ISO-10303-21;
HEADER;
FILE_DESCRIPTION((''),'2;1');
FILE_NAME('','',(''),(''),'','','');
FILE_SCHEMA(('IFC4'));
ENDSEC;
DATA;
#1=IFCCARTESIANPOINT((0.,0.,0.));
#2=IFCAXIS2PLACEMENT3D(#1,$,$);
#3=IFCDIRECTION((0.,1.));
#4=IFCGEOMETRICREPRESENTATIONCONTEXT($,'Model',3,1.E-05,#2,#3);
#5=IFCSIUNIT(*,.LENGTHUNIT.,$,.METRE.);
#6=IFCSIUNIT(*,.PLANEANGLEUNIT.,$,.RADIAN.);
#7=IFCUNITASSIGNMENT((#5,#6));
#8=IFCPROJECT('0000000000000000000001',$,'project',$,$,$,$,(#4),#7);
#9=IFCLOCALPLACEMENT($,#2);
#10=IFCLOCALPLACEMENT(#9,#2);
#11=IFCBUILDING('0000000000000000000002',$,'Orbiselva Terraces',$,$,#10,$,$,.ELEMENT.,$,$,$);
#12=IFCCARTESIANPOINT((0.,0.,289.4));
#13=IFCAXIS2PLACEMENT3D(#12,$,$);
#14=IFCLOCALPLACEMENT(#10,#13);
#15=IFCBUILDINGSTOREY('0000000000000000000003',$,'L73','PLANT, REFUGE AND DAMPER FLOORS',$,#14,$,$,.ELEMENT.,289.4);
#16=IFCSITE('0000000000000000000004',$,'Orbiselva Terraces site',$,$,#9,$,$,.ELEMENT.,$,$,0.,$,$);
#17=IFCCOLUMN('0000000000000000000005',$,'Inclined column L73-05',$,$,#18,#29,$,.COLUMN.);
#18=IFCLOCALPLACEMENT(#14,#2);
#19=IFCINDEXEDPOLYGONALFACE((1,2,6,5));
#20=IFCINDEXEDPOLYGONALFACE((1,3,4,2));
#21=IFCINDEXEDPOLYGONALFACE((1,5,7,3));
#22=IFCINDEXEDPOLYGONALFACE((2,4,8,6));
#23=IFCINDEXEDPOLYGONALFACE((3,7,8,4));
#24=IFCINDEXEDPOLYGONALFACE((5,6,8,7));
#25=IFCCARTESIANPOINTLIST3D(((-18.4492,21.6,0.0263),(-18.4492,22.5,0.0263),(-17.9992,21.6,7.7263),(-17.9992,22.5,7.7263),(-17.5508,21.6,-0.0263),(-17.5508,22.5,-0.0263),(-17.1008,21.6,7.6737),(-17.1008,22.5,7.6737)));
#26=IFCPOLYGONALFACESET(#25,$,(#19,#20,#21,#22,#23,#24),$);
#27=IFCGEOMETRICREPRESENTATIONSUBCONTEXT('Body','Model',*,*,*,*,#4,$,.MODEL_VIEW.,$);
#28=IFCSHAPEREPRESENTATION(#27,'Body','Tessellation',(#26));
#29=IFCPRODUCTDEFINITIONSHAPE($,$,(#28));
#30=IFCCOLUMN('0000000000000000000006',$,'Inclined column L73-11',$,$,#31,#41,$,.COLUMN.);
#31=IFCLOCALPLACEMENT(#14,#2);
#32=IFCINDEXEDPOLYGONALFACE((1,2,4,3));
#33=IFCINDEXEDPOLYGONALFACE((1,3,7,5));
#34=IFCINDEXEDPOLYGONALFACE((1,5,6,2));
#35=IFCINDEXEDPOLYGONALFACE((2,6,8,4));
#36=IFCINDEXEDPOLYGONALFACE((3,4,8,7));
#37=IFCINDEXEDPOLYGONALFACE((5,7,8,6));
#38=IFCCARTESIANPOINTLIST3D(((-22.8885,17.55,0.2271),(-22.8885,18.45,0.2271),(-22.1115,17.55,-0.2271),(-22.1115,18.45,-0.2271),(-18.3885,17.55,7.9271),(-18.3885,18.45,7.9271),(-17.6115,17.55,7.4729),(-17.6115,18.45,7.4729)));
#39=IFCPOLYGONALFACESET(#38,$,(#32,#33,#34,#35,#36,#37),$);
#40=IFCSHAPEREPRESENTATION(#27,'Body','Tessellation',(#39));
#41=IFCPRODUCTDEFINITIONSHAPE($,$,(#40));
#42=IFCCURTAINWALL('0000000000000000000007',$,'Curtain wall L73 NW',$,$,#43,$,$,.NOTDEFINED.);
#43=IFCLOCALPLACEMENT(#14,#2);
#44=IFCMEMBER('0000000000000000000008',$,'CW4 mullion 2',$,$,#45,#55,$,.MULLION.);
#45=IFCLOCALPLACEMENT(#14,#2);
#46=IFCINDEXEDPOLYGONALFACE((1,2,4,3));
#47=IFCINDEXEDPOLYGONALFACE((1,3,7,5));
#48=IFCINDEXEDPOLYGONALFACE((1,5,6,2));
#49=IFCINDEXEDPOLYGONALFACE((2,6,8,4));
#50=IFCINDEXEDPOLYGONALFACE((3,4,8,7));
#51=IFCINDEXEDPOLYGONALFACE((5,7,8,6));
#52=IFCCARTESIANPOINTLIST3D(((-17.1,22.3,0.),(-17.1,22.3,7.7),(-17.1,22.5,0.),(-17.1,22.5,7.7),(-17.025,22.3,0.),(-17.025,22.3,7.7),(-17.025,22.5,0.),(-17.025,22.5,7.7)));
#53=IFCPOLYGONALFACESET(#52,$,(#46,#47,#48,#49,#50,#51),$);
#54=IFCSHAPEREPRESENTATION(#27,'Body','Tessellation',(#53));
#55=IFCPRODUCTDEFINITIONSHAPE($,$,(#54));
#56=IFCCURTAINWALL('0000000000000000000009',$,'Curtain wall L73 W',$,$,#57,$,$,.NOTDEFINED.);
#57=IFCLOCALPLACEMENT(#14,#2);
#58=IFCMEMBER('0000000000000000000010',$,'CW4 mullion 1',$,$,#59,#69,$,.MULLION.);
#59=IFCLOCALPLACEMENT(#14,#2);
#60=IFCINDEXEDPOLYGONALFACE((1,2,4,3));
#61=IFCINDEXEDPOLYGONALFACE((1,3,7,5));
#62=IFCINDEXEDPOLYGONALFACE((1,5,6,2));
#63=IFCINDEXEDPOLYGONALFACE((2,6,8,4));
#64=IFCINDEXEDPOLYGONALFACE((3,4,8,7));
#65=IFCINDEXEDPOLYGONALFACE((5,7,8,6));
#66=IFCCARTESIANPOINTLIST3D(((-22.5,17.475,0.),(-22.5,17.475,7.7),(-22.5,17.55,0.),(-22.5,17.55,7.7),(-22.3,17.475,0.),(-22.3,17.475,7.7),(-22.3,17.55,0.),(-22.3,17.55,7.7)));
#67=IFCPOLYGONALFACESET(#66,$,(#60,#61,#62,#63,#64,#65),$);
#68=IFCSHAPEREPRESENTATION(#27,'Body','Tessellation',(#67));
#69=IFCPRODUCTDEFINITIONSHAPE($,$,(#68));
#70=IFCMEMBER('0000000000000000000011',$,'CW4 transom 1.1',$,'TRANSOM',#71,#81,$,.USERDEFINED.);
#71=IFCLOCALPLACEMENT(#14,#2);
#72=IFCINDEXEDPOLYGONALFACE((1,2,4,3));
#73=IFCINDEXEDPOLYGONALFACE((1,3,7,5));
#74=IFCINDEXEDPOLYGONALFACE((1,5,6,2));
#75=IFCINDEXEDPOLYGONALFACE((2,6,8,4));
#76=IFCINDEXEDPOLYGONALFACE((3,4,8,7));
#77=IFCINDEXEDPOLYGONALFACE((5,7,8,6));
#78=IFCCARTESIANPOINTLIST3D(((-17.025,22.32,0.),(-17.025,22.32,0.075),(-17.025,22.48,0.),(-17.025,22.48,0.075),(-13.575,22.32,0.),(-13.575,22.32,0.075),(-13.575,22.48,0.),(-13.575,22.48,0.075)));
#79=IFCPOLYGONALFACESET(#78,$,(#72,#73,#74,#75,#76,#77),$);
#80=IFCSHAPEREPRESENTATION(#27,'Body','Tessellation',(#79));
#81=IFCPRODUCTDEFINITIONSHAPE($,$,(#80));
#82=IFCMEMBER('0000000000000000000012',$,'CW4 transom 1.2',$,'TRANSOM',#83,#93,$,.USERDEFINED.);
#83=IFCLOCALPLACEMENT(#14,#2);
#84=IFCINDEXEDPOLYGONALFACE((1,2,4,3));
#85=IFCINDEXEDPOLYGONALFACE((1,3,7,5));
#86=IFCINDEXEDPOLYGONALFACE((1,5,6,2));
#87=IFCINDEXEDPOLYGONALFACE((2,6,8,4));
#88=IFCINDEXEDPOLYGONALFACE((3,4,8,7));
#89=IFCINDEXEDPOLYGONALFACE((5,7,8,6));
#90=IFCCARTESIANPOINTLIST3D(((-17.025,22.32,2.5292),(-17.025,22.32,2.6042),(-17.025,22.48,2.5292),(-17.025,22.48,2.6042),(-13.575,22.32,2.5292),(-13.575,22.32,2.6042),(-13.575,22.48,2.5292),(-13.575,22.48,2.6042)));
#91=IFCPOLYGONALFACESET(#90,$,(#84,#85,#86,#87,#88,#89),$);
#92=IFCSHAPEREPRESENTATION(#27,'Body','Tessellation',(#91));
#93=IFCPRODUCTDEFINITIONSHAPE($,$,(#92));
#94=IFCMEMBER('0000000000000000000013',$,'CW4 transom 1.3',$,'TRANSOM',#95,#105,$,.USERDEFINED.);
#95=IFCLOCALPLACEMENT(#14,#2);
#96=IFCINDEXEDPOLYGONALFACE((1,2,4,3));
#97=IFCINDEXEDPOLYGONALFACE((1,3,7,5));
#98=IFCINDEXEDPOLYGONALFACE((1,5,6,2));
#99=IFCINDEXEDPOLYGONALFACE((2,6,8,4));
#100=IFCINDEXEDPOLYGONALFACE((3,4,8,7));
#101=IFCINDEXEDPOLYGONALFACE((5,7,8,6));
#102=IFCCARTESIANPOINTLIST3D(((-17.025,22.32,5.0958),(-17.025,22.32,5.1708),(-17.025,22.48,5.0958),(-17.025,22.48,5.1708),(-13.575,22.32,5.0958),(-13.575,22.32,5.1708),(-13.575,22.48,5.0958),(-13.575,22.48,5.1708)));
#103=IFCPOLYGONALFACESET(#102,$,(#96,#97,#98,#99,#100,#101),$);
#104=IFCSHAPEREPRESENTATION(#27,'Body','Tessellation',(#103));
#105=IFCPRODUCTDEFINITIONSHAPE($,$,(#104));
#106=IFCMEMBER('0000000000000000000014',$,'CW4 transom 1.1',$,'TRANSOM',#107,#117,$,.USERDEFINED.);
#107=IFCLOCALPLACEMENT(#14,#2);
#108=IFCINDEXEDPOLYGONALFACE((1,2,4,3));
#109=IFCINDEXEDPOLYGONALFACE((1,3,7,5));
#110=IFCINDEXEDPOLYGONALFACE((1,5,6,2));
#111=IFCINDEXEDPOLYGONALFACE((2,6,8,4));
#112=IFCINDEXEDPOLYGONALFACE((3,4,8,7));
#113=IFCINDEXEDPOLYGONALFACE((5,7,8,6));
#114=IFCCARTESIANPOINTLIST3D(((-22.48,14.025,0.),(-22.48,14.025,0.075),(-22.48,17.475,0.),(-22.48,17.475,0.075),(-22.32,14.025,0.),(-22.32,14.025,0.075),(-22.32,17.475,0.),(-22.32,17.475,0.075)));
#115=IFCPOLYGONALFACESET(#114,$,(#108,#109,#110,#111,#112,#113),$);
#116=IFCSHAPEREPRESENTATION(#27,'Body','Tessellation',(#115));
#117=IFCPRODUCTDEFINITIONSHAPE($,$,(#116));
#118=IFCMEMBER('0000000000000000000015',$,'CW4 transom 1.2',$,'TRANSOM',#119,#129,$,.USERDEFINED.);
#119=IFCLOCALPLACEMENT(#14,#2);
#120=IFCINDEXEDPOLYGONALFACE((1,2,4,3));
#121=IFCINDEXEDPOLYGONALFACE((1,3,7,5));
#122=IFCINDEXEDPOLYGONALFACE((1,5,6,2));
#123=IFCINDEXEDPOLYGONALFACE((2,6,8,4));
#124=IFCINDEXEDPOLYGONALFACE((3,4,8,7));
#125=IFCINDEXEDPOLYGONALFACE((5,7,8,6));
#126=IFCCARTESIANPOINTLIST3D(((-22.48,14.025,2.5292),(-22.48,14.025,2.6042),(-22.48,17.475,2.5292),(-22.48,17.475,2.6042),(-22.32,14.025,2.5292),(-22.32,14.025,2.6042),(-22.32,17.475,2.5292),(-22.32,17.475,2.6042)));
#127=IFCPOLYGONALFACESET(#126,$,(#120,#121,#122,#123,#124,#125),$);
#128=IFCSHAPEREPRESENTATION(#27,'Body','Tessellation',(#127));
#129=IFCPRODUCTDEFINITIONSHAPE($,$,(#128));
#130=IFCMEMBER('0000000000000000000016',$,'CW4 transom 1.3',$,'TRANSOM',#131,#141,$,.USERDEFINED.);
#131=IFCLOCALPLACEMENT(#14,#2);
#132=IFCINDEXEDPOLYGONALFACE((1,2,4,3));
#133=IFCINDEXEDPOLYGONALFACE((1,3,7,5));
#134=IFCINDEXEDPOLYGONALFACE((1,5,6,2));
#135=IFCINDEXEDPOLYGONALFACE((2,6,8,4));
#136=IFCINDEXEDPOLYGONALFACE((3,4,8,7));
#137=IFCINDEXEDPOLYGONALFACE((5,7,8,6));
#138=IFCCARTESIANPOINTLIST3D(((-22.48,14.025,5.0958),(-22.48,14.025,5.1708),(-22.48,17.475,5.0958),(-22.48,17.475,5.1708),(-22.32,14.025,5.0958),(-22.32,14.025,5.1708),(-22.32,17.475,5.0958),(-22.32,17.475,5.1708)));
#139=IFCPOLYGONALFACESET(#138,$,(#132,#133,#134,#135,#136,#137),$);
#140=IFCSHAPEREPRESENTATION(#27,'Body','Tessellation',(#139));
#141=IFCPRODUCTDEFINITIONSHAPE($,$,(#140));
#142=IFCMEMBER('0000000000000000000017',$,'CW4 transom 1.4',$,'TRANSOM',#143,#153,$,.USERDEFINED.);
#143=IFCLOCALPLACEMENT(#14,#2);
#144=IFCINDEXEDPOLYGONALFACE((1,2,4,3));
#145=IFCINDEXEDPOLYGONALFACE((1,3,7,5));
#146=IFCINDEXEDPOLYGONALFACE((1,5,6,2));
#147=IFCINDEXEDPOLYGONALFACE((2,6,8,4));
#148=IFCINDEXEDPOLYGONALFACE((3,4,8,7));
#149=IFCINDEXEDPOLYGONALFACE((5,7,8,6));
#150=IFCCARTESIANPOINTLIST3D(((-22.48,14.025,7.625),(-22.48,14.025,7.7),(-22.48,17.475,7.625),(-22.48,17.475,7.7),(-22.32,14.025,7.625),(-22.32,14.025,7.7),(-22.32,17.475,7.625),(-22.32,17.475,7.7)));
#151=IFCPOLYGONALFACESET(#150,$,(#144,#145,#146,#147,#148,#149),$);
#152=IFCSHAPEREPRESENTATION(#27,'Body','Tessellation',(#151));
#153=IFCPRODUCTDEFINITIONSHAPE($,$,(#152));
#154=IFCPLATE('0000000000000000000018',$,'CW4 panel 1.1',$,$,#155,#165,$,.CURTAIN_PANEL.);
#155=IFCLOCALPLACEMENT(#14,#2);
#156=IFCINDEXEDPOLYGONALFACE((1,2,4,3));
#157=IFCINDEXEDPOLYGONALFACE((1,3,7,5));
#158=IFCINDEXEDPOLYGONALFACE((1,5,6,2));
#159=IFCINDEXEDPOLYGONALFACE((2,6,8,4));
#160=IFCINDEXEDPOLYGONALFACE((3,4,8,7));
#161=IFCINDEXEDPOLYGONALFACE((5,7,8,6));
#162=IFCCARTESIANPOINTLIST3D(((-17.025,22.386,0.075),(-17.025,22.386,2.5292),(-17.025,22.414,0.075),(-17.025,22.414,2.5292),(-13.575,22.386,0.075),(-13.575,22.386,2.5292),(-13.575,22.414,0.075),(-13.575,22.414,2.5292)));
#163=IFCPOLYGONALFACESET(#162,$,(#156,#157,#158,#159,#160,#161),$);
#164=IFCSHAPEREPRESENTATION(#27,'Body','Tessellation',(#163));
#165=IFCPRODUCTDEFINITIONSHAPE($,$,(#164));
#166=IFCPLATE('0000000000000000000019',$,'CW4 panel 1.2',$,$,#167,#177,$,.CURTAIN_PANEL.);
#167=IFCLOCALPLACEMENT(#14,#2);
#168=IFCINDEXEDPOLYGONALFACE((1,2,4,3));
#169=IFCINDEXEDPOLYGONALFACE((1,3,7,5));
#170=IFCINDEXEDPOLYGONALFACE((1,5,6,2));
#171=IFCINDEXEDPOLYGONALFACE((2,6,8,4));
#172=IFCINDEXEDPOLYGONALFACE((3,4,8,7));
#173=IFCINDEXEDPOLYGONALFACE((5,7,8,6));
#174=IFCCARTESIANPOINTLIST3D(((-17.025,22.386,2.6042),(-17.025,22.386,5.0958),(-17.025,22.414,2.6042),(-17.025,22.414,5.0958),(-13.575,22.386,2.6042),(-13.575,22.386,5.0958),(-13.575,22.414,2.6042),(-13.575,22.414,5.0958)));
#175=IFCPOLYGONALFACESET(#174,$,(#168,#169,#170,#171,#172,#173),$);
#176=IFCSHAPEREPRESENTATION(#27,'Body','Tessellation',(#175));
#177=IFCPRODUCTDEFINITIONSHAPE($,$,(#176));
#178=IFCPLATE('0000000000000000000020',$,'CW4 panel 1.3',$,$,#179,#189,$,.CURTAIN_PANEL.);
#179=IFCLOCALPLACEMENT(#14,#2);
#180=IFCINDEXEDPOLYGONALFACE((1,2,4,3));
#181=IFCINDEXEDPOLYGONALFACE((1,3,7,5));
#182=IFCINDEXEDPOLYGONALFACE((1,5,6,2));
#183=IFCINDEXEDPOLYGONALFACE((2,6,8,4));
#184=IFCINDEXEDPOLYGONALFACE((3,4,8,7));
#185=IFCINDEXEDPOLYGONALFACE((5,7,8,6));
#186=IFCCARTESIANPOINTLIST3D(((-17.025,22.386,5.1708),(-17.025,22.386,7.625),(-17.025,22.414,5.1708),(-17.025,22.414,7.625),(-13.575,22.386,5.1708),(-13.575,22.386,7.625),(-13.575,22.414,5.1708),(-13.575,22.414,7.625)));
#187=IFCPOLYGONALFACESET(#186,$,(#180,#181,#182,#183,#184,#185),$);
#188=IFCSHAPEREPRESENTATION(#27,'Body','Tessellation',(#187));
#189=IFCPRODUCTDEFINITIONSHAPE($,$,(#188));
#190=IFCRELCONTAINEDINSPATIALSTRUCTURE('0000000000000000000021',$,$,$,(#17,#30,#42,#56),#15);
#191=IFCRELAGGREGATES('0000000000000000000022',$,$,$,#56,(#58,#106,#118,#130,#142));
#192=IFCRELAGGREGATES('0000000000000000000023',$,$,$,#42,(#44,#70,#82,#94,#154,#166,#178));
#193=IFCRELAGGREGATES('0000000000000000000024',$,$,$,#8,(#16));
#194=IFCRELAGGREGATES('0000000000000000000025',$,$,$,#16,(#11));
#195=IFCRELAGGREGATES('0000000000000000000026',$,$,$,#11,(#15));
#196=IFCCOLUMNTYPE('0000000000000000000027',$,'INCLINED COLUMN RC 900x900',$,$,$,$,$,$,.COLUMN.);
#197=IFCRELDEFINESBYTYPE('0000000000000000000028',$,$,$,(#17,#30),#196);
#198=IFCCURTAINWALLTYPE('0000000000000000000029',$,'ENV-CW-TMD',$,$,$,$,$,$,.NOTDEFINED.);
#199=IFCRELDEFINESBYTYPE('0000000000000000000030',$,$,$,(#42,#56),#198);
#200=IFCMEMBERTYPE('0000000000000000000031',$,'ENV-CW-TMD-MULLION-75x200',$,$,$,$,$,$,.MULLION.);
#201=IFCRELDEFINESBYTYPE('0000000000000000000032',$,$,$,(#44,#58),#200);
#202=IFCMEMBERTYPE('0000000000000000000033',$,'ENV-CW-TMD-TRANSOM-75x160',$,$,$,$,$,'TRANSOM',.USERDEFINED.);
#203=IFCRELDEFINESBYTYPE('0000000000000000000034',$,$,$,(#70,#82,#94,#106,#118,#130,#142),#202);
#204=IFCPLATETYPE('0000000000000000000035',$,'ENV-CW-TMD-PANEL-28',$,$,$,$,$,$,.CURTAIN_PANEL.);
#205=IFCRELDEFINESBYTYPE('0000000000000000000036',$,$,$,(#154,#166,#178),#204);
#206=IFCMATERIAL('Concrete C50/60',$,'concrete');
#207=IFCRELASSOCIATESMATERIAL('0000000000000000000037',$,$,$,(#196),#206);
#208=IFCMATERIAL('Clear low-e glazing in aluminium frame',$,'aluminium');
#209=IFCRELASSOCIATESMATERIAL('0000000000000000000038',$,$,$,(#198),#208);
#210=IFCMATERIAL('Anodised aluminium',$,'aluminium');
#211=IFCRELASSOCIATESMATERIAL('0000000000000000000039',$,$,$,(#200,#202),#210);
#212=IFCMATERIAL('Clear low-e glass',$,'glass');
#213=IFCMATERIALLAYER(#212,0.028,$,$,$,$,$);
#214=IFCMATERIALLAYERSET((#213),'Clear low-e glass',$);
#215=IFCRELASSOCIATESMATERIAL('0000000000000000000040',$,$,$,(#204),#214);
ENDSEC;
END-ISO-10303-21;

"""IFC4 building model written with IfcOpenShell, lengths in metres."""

from ifc_helpers import new_model, si_unit, direction, frame, origin, origin_2d, place, context, subcontext, project, spatial, rectangle, extrude, material, layer, layer_set, material_profile, profile_set, type_object, element, aggregate, save


model = new_model("IFC4")

# Units and contexts
model_context = context("Model", 3, precision=1e-05, world=origin(), true_north=direction((0.0, 1.0)))
body_context = subcontext(model_context, "Body", "Model", "MODEL_VIEW")
ifc_project = project(units=[si_unit("LENGTHUNIT", "METRE"), si_unit("PLANEANGLEUNIT", "RADIAN")], contexts=[model_context])

# Site, building, storey
site_placement = place(None, origin())
site = spatial("IfcSite", under=ifc_project, at=site_placement, Name="Orbiselva Terraces site", CompositionType="ELEMENT", RefElevation=0.0)
building_placement = place(site_placement, origin())
building = spatial("IfcBuilding", under=site, at=building_placement, Name="Orbiselva Terraces", CompositionType="ELEMENT")
storey_placement = place(building_placement, frame((0.0, 0.0, 289.4)))
storey = spatial("IfcBuildingStorey", under=building, at=storey_placement, Name="L73", Description="PLANT, REFUGE AND DAMPER FLOORS", CompositionType="ELEMENT", Elevation=289.4)

# Columns
ifc_material_1 = material(Name="Concrete C50/60", Category="concrete")
ifc_material_profile_1 = material_profile(ifc_material_1, rectangle(XDim=0.9, YDim=0.9, at=origin_2d()), Name="RC 900x900")
ifc_profile_set_1 = profile_set([ifc_material_profile_1], Name="Concrete C50/60")
column_type = type_object("IfcColumnType", Name="INCLINED COLUMN RC 900x900", PredefinedType="COLUMN", material=ifc_profile_set_1)
column_1_placement = place(storey_placement, frame((-18.0, 22.05, 0.0), z_axis=(0.058342, 0.0, 0.998297), x_axis=(0.0, 1.0, 0.0)))
element("IfcColumn", 1, at=column_1_placement, inside=storey, type_object=column_type, Name="Inclined column L73-05", PredefinedType="COLUMN", context=body_context, shape_type="SweptSolid", body=[
    extrude(rectangle(XDim=0.9, YDim=0.9, at=origin_2d()), origin(), (0.0, 0.0, 1.0), 7.7131),
])
column_2_placement = place(storey_placement, frame((-22.5, 18.0, 0.0), z_axis=(0.504568, 0.0, 0.863372), x_axis=(0.0, 1.0, 0.0)))
element("IfcColumn", 2, at=column_2_placement, inside=storey, type_object=column_type, Name="Inclined column L73-11", PredefinedType="COLUMN", context=body_context, shape_type="SweptSolid", body=[
    extrude(rectangle(XDim=0.9, YDim=0.9, at=origin_2d()), origin(), (0.0, 0.0, 1.0), 8.9185),
])

# Curtain walls, members
ifc_material_2 = material(Name="Clear low-e glazing in aluminium frame", Category="aluminium")
curtain_wall_type = type_object("IfcCurtainWallType", Name="ENV-CW-TMD", PredefinedType="NOTDEFINED", material=ifc_material_2)
curtain_wall_1_placement = place(storey_placement, origin())
curtain_wall_1 = element("IfcCurtainWall", 3, at=curtain_wall_1_placement, inside=storey, type_object=curtain_wall_type, Name="Curtain wall L73 NW", PredefinedType="NOTDEFINED")
ifc_material_3 = material(Name="Anodised aluminium", Category="aluminium")
ifc_material_profile_2 = material_profile(ifc_material_3, rectangle(XDim=0.2, YDim=0.075, at=origin_2d()), Name="AL 75x200")
ifc_profile_set_2 = profile_set([ifc_material_profile_2], Name="Anodised aluminium")
member_type_1 = type_object("IfcMemberType", Name="ENV-CW-TMD-MULLION-75x200", PredefinedType="MULLION", material=ifc_profile_set_2)
member_1_placement = place(storey_placement, frame((-17.0625, 22.4, 0.0), z_axis=(0.0, 0.0, 1.0), x_axis=(0.0, -1.0, 0.0)))
member_1 = element("IfcMember", 4, at=member_1_placement, type_object=member_type_1, Name="CW4 mullion 2", PredefinedType="MULLION", context=body_context, shape_type="SweptSolid", body=[
    extrude(rectangle(XDim=0.2, YDim=0.075, at=origin_2d()), origin(), (0.0, 0.0, 1.0), 7.7),
])
curtain_wall_2_placement = place(storey_placement, origin())
curtain_wall_2 = element("IfcCurtainWall", 5, at=curtain_wall_2_placement, inside=storey, type_object=curtain_wall_type, Name="Curtain wall L73 W", PredefinedType="NOTDEFINED")
member_2_placement = place(storey_placement, frame((-22.4, 17.5125, 0.0), z_axis=(0.0, 0.0, 1.0), x_axis=(1.0, 0.0, 0.0)))
member_2 = element("IfcMember", 6, at=member_2_placement, type_object=member_type_1, Name="CW4 mullion 1", PredefinedType="MULLION", context=body_context, shape_type="SweptSolid", body=[
    extrude(rectangle(XDim=0.2, YDim=0.075, at=origin_2d()), origin(), (0.0, 0.0, 1.0), 7.7),
])

# Members
ifc_material_profile_3 = material_profile(ifc_material_3, rectangle(XDim=0.16, YDim=0.075, at=origin_2d()), Name="AL 75x160")
ifc_profile_set_3 = profile_set([ifc_material_profile_3], Name="Anodised aluminium")
member_type_2 = type_object("IfcMemberType", Name="ENV-CW-TMD-TRANSOM-75x160", ElementType="TRANSOM", PredefinedType="USERDEFINED", material=ifc_profile_set_3)
member_3_placement = place(storey_placement, frame((-13.575, 22.4, 0.0375), z_axis=(-1.0, 0.0, 0.0), x_axis=(0.0, -1.0, 0.0)))
member_3 = element("IfcMember", 7, at=member_3_placement, type_object=member_type_2, Name="CW4 transom 1.1", ObjectType="TRANSOM", PredefinedType="USERDEFINED", context=body_context, shape_type="SweptSolid", body=[
    extrude(rectangle(XDim=0.16, YDim=0.075, at=origin_2d()), origin(), (0.0, 0.0, 1.0), 3.45),
])
member_4_placement = place(storey_placement, frame((-13.575, 22.4, 2.5667), z_axis=(-1.0, 0.0, 0.0), x_axis=(0.0, -1.0, 0.0)))
member_4 = element("IfcMember", 8, at=member_4_placement, type_object=member_type_2, Name="CW4 transom 1.2", ObjectType="TRANSOM", PredefinedType="USERDEFINED", context=body_context, shape_type="SweptSolid", body=[
    extrude(rectangle(XDim=0.16, YDim=0.075, at=origin_2d()), origin(), (0.0, 0.0, 1.0), 3.45),
])
member_5_placement = place(storey_placement, frame((-13.575, 22.4, 5.1333), z_axis=(-1.0, 0.0, 0.0), x_axis=(0.0, -1.0, 0.0)))
member_5 = element("IfcMember", 9, at=member_5_placement, type_object=member_type_2, Name="CW4 transom 1.3", ObjectType="TRANSOM", PredefinedType="USERDEFINED", context=body_context, shape_type="SweptSolid", body=[
    extrude(rectangle(XDim=0.16, YDim=0.075, at=origin_2d()), origin(), (0.0, 0.0, 1.0), 3.45),
])
member_6_placement = place(storey_placement, frame((-22.4, 17.475, 0.0375), z_axis=(0.0, -1.0, 0.0), x_axis=(1.0, 0.0, 0.0)))
member_6 = element("IfcMember", 10, at=member_6_placement, type_object=member_type_2, Name="CW4 transom 1.1", ObjectType="TRANSOM", PredefinedType="USERDEFINED", context=body_context, shape_type="SweptSolid", body=[
    extrude(rectangle(XDim=0.16, YDim=0.075, at=origin_2d()), origin(), (0.0, 0.0, 1.0), 3.45),
])
member_7_placement = place(storey_placement, frame((-22.4, 17.475, 2.5667), z_axis=(0.0, -1.0, 0.0), x_axis=(1.0, 0.0, 0.0)))
member_7 = element("IfcMember", 11, at=member_7_placement, type_object=member_type_2, Name="CW4 transom 1.2", ObjectType="TRANSOM", PredefinedType="USERDEFINED", context=body_context, shape_type="SweptSolid", body=[
    extrude(rectangle(XDim=0.16, YDim=0.075, at=origin_2d()), origin(), (0.0, 0.0, 1.0), 3.45),
])
member_8_placement = place(storey_placement, frame((-22.4, 17.475, 5.1333), z_axis=(0.0, -1.0, 0.0), x_axis=(1.0, 0.0, 0.0)))
member_8 = element("IfcMember", 12, at=member_8_placement, type_object=member_type_2, Name="CW4 transom 1.3", ObjectType="TRANSOM", PredefinedType="USERDEFINED", context=body_context, shape_type="SweptSolid", body=[
    extrude(rectangle(XDim=0.16, YDim=0.075, at=origin_2d()), origin(), (0.0, 0.0, 1.0), 3.45),
])
member_9_placement = place(storey_placement, frame((-22.4, 17.475, 7.6625), z_axis=(0.0, -1.0, 0.0), x_axis=(1.0, 0.0, 0.0)))
member_9 = element("IfcMember", 13, at=member_9_placement, type_object=member_type_2, Name="CW4 transom 1.4", ObjectType="TRANSOM", PredefinedType="USERDEFINED", context=body_context, shape_type="SweptSolid", body=[
    extrude(rectangle(XDim=0.16, YDim=0.075, at=origin_2d()), origin(), (0.0, 0.0, 1.0), 3.45),
])
aggregate(curtain_wall_2, [member_2, member_6, member_7, member_8, member_9])

# Plates
ifc_material_4 = material(Name="Clear low-e glass", Category="glass")
ifc_layer_1 = layer(ifc_material_4, 0.028)
ifc_layer_set_1 = layer_set([ifc_layer_1], Name="Clear low-e glass")
plate_type = type_object("IfcPlateType", Name="ENV-CW-TMD-PANEL-28", PredefinedType="CURTAIN_PANEL", material=ifc_layer_set_1)
plate_1_placement = place(storey_placement, frame((-15.3, 22.4, 0.075), z_axis=(0.0, 0.0, 1.0), x_axis=(-1.0, 0.0, 0.0)))
plate_1 = element("IfcPlate", 14, at=plate_1_placement, type_object=plate_type, Name="CW4 panel 1.1", PredefinedType="CURTAIN_PANEL", context=body_context, shape_type="SweptSolid", body=[
    extrude(rectangle(XDim=3.45, YDim=0.028, at=origin_2d()), origin(), (0.0, 0.0, 1.0), 2.4542),
])
plate_2_placement = place(storey_placement, frame((-15.3, 22.4, 2.6042), z_axis=(0.0, 0.0, 1.0), x_axis=(-1.0, 0.0, 0.0)))
plate_2 = element("IfcPlate", 15, at=plate_2_placement, type_object=plate_type, Name="CW4 panel 1.2", PredefinedType="CURTAIN_PANEL", context=body_context, shape_type="SweptSolid", body=[
    extrude(rectangle(XDim=3.45, YDim=0.028, at=origin_2d()), origin(), (0.0, 0.0, 1.0), 2.4917),
])
plate_3_placement = place(storey_placement, frame((-15.3, 22.4, 5.1708), z_axis=(0.0, 0.0, 1.0), x_axis=(-1.0, 0.0, 0.0)))
plate_3 = element("IfcPlate", 16, at=plate_3_placement, type_object=plate_type, Name="CW4 panel 1.3", PredefinedType="CURTAIN_PANEL", context=body_context, shape_type="SweptSolid", body=[
    extrude(rectangle(XDim=3.45, YDim=0.028, at=origin_2d()), origin(), (0.0, 0.0, 1.0), 2.4542),
])
aggregate(curtain_wall_1, [member_1, member_3, member_4, member_5, plate_1, plate_2, plate_3])

save(model, "model.ifc")
